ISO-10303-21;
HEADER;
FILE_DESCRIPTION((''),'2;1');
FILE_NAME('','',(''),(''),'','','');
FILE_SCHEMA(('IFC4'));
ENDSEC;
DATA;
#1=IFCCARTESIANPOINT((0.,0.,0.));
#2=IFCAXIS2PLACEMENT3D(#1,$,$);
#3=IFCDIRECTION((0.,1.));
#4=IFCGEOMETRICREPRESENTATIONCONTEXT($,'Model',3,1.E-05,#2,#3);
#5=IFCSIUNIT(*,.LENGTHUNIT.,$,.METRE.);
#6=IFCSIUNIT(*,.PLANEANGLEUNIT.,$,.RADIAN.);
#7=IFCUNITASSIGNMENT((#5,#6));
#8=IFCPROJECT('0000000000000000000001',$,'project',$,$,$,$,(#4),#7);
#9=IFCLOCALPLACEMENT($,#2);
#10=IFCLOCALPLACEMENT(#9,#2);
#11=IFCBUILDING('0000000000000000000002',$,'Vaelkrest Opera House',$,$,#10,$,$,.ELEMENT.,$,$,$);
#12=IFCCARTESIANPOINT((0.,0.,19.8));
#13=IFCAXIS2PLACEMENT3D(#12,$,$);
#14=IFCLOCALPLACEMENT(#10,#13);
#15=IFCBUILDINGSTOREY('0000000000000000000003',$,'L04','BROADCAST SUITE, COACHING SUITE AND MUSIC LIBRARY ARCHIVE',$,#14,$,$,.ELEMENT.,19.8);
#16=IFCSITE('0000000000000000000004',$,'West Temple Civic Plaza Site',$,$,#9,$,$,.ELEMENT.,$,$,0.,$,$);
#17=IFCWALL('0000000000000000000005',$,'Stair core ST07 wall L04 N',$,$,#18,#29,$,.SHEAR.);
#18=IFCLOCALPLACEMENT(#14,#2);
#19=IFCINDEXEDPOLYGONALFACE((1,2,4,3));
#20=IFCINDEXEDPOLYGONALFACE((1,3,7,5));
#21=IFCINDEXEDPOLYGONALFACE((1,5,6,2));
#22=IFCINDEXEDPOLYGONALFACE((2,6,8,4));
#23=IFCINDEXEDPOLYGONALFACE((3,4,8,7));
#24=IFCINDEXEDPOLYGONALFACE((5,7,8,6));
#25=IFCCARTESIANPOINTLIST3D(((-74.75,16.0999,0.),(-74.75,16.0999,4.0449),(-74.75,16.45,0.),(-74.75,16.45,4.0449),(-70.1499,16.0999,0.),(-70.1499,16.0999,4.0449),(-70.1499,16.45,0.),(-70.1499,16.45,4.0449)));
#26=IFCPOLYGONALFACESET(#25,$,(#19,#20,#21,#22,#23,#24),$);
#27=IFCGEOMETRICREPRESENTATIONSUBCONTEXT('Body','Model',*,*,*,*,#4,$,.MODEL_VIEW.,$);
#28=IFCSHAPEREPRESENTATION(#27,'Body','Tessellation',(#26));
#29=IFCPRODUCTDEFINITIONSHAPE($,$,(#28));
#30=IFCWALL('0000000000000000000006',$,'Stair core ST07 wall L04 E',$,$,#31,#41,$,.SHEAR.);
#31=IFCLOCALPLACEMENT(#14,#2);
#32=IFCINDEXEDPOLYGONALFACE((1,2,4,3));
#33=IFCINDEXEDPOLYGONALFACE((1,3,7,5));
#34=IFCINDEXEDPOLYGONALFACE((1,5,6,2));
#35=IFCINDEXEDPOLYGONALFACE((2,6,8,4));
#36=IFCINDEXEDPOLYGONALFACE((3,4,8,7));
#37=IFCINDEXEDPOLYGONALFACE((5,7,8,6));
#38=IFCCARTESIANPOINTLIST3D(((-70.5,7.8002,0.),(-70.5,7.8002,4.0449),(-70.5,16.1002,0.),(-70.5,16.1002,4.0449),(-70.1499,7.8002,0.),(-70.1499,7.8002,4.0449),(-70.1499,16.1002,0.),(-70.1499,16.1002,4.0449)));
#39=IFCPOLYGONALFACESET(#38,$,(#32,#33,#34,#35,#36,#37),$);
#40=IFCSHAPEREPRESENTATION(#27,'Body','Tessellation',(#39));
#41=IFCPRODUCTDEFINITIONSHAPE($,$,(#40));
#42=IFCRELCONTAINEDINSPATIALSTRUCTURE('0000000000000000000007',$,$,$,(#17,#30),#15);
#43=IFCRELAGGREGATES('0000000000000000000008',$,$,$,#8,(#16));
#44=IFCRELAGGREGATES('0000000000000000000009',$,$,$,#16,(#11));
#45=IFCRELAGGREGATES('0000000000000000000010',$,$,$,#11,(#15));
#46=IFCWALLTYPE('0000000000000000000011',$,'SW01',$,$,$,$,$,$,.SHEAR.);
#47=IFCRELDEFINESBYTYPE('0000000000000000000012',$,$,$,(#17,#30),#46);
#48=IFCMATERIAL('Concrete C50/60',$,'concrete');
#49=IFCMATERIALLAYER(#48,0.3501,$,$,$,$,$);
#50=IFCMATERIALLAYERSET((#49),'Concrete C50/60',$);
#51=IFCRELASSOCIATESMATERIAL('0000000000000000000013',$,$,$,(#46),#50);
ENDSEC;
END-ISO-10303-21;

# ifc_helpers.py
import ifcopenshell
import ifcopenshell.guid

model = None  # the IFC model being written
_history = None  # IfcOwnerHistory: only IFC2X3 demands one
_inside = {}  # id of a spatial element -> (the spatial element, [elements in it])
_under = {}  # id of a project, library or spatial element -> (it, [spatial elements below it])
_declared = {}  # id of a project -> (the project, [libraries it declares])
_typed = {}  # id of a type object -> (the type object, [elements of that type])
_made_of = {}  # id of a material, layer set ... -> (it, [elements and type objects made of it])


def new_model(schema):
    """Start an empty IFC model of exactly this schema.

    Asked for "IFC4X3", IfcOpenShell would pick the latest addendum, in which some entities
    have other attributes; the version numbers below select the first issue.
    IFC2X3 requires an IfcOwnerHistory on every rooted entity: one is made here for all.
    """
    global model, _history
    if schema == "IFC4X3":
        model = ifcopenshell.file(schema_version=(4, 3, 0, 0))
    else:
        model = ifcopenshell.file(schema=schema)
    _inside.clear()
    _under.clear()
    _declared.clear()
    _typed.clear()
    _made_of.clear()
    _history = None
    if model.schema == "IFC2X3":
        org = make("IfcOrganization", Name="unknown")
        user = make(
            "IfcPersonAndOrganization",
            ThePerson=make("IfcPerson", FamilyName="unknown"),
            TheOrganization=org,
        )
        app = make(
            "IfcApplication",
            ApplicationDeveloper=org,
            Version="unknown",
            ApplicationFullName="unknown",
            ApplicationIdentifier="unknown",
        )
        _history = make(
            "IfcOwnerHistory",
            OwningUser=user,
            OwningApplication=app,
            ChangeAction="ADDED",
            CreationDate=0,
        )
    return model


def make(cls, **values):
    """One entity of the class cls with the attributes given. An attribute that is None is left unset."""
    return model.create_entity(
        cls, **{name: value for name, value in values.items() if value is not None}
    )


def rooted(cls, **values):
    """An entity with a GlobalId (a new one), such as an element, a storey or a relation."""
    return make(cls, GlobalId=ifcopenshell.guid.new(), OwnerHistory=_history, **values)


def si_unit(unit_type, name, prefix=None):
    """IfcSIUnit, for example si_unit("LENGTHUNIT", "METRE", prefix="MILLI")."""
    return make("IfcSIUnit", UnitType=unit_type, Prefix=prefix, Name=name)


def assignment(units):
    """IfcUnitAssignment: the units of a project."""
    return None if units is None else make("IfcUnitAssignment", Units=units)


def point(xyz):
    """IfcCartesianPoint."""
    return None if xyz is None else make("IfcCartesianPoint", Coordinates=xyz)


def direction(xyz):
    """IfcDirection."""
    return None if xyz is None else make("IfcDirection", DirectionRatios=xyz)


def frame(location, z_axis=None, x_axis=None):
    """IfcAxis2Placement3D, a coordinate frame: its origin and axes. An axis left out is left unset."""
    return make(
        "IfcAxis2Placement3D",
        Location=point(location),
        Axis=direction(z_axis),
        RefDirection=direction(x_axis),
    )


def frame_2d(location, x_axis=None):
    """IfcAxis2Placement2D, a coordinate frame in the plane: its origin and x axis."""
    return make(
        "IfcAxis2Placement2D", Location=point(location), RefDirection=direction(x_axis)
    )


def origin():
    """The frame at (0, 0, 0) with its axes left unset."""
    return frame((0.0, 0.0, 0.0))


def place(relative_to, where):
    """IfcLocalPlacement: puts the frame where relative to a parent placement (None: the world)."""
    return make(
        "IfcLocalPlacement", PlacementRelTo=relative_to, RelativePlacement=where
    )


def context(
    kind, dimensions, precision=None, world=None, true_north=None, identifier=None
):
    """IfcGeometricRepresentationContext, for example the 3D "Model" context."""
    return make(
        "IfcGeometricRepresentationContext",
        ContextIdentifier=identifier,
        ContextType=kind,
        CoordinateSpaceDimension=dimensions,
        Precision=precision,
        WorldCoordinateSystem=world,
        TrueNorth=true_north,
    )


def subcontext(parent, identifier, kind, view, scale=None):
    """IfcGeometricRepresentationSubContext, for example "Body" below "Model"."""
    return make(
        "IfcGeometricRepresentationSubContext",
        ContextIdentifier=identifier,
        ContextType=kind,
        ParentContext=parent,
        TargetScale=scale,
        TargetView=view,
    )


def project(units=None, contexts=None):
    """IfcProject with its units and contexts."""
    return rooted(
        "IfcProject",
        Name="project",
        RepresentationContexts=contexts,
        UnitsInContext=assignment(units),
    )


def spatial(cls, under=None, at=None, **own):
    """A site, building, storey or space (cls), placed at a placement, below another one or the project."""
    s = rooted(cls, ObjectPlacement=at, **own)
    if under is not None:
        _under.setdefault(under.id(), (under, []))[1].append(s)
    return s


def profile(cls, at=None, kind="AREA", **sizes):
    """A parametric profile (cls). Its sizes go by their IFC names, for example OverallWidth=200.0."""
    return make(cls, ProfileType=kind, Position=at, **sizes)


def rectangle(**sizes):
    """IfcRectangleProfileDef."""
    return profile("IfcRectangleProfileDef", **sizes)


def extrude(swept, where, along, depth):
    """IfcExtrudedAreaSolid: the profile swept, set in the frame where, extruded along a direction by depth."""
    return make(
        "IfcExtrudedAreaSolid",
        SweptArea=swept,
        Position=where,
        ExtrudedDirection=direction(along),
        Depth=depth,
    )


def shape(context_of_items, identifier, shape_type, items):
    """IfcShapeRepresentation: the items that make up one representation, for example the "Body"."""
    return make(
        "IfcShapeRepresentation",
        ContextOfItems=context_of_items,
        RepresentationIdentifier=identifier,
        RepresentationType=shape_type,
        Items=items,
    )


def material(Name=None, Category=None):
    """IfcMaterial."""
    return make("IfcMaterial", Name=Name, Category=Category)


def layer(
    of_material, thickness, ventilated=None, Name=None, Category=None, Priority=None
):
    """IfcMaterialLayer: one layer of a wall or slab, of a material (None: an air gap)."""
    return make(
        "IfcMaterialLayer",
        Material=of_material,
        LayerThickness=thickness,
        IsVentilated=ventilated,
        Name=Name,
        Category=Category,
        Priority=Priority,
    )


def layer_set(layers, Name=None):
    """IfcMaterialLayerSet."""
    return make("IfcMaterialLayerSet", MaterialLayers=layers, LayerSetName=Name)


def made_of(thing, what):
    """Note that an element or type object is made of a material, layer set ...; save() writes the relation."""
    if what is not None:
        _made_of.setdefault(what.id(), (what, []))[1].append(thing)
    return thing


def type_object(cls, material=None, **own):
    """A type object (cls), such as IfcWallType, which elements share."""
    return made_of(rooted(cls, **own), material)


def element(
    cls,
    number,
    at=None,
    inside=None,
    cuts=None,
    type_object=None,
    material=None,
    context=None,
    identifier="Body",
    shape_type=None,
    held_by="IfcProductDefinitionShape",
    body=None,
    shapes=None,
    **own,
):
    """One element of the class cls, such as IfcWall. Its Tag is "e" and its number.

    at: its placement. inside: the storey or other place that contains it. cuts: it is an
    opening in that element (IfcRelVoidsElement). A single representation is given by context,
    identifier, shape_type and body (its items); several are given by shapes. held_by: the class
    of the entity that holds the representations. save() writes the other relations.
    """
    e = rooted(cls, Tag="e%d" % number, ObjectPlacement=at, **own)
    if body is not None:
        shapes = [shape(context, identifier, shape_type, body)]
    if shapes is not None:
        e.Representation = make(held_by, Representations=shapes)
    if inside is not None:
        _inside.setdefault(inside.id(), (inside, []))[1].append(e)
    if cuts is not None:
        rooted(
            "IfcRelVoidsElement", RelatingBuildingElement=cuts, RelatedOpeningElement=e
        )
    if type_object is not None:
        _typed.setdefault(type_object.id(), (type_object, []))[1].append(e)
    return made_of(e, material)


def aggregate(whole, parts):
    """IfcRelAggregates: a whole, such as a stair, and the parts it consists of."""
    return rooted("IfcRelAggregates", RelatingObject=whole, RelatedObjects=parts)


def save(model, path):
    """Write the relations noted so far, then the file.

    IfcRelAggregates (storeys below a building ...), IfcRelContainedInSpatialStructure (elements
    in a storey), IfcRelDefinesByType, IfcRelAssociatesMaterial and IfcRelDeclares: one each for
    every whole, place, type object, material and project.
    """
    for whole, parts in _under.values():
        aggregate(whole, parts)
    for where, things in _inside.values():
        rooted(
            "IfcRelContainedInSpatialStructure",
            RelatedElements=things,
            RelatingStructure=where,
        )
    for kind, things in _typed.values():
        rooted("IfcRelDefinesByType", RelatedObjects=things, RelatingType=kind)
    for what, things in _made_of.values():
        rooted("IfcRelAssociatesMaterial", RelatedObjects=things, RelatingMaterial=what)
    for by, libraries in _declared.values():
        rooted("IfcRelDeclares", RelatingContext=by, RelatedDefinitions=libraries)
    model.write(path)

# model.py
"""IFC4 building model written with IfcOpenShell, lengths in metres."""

from ifc_helpers import new_model, si_unit, direction, frame, frame_2d, origin, place, context, subcontext, project, spatial, rectangle, extrude, material, layer, layer_set, type_object, element, save


model = new_model("IFC4")

# Units and contexts
model_context = context("Model", 3, precision=1e-05, world=origin(), true_north=direction((0.0, 1.0)))
body_context = subcontext(model_context, "Body", "Model", "MODEL_VIEW")
ifc_project = project(units=[si_unit("LENGTHUNIT", "METRE"), si_unit("PLANEANGLEUNIT", "RADIAN")], contexts=[model_context])

# Site, building, storey
site_placement = place(None, origin())
site = spatial("IfcSite", under=ifc_project, at=site_placement, Name="West Temple Civic Plaza Site", CompositionType="ELEMENT", RefElevation=0.0)
building_placement = place(site_placement, origin())
building = spatial("IfcBuilding", under=site, at=building_placement, Name="Vaelkrest Opera House", CompositionType="ELEMENT")
storey_placement = place(building_placement, frame((0.0, 0.0, 19.8)))
storey = spatial("IfcBuildingStorey", under=building, at=storey_placement, Name="L04", Description="BROADCAST SUITE, COACHING SUITE AND MUSIC LIBRARY ARCHIVE", CompositionType="ELEMENT", Elevation=19.8)

# Shared definitions
ifc_material_1 = material(Name="Concrete C50/60", Category="concrete")

# Walls
ifc_layer_1 = layer(ifc_material_1, 0.3501)
ifc_layer_set_1 = layer_set([ifc_layer_1], Name="Concrete C50/60")
wall_type_1 = type_object("IfcWallType", Name="SW01", PredefinedType="SHEAR", material=ifc_layer_set_1)
wall_1_placement = place(storey_placement, frame((-74.75, 16.2749, 0.0), z_axis=(0.0, 0.0, 1.0), x_axis=(1.0, 0.0, 0.0)))
element("IfcWall", 1, at=wall_1_placement, inside=storey, type_object=wall_type_1, Name="Stair core ST07 wall L04 N", PredefinedType="SHEAR", context=body_context, shape_type="SweptSolid", body=[
    extrude(rectangle(XDim=4.6001, YDim=0.3501, at=frame_2d((2.3, 0.0))), origin(), (0.0, 0.0, 1.0), 4.0449),
])
wall_2_placement = place(storey_placement, frame((-70.325, 16.1001, 0.0), z_axis=(0.0, 0.0, 1.0), x_axis=(0.0, -1.0, 0.0)))
element("IfcWall", 2, at=wall_2_placement, inside=storey, type_object=wall_type_1, Name="Stair core ST07 wall L04 E", PredefinedType="SHEAR", context=body_context, shape_type="SweptSolid", body=[
    extrude(rectangle(XDim=8.3, YDim=0.3501, at=frame_2d((4.1499, 0.0))), origin(), (0.0, 0.0, 1.0), 4.0449),
])

save(model, "model.ifc")
